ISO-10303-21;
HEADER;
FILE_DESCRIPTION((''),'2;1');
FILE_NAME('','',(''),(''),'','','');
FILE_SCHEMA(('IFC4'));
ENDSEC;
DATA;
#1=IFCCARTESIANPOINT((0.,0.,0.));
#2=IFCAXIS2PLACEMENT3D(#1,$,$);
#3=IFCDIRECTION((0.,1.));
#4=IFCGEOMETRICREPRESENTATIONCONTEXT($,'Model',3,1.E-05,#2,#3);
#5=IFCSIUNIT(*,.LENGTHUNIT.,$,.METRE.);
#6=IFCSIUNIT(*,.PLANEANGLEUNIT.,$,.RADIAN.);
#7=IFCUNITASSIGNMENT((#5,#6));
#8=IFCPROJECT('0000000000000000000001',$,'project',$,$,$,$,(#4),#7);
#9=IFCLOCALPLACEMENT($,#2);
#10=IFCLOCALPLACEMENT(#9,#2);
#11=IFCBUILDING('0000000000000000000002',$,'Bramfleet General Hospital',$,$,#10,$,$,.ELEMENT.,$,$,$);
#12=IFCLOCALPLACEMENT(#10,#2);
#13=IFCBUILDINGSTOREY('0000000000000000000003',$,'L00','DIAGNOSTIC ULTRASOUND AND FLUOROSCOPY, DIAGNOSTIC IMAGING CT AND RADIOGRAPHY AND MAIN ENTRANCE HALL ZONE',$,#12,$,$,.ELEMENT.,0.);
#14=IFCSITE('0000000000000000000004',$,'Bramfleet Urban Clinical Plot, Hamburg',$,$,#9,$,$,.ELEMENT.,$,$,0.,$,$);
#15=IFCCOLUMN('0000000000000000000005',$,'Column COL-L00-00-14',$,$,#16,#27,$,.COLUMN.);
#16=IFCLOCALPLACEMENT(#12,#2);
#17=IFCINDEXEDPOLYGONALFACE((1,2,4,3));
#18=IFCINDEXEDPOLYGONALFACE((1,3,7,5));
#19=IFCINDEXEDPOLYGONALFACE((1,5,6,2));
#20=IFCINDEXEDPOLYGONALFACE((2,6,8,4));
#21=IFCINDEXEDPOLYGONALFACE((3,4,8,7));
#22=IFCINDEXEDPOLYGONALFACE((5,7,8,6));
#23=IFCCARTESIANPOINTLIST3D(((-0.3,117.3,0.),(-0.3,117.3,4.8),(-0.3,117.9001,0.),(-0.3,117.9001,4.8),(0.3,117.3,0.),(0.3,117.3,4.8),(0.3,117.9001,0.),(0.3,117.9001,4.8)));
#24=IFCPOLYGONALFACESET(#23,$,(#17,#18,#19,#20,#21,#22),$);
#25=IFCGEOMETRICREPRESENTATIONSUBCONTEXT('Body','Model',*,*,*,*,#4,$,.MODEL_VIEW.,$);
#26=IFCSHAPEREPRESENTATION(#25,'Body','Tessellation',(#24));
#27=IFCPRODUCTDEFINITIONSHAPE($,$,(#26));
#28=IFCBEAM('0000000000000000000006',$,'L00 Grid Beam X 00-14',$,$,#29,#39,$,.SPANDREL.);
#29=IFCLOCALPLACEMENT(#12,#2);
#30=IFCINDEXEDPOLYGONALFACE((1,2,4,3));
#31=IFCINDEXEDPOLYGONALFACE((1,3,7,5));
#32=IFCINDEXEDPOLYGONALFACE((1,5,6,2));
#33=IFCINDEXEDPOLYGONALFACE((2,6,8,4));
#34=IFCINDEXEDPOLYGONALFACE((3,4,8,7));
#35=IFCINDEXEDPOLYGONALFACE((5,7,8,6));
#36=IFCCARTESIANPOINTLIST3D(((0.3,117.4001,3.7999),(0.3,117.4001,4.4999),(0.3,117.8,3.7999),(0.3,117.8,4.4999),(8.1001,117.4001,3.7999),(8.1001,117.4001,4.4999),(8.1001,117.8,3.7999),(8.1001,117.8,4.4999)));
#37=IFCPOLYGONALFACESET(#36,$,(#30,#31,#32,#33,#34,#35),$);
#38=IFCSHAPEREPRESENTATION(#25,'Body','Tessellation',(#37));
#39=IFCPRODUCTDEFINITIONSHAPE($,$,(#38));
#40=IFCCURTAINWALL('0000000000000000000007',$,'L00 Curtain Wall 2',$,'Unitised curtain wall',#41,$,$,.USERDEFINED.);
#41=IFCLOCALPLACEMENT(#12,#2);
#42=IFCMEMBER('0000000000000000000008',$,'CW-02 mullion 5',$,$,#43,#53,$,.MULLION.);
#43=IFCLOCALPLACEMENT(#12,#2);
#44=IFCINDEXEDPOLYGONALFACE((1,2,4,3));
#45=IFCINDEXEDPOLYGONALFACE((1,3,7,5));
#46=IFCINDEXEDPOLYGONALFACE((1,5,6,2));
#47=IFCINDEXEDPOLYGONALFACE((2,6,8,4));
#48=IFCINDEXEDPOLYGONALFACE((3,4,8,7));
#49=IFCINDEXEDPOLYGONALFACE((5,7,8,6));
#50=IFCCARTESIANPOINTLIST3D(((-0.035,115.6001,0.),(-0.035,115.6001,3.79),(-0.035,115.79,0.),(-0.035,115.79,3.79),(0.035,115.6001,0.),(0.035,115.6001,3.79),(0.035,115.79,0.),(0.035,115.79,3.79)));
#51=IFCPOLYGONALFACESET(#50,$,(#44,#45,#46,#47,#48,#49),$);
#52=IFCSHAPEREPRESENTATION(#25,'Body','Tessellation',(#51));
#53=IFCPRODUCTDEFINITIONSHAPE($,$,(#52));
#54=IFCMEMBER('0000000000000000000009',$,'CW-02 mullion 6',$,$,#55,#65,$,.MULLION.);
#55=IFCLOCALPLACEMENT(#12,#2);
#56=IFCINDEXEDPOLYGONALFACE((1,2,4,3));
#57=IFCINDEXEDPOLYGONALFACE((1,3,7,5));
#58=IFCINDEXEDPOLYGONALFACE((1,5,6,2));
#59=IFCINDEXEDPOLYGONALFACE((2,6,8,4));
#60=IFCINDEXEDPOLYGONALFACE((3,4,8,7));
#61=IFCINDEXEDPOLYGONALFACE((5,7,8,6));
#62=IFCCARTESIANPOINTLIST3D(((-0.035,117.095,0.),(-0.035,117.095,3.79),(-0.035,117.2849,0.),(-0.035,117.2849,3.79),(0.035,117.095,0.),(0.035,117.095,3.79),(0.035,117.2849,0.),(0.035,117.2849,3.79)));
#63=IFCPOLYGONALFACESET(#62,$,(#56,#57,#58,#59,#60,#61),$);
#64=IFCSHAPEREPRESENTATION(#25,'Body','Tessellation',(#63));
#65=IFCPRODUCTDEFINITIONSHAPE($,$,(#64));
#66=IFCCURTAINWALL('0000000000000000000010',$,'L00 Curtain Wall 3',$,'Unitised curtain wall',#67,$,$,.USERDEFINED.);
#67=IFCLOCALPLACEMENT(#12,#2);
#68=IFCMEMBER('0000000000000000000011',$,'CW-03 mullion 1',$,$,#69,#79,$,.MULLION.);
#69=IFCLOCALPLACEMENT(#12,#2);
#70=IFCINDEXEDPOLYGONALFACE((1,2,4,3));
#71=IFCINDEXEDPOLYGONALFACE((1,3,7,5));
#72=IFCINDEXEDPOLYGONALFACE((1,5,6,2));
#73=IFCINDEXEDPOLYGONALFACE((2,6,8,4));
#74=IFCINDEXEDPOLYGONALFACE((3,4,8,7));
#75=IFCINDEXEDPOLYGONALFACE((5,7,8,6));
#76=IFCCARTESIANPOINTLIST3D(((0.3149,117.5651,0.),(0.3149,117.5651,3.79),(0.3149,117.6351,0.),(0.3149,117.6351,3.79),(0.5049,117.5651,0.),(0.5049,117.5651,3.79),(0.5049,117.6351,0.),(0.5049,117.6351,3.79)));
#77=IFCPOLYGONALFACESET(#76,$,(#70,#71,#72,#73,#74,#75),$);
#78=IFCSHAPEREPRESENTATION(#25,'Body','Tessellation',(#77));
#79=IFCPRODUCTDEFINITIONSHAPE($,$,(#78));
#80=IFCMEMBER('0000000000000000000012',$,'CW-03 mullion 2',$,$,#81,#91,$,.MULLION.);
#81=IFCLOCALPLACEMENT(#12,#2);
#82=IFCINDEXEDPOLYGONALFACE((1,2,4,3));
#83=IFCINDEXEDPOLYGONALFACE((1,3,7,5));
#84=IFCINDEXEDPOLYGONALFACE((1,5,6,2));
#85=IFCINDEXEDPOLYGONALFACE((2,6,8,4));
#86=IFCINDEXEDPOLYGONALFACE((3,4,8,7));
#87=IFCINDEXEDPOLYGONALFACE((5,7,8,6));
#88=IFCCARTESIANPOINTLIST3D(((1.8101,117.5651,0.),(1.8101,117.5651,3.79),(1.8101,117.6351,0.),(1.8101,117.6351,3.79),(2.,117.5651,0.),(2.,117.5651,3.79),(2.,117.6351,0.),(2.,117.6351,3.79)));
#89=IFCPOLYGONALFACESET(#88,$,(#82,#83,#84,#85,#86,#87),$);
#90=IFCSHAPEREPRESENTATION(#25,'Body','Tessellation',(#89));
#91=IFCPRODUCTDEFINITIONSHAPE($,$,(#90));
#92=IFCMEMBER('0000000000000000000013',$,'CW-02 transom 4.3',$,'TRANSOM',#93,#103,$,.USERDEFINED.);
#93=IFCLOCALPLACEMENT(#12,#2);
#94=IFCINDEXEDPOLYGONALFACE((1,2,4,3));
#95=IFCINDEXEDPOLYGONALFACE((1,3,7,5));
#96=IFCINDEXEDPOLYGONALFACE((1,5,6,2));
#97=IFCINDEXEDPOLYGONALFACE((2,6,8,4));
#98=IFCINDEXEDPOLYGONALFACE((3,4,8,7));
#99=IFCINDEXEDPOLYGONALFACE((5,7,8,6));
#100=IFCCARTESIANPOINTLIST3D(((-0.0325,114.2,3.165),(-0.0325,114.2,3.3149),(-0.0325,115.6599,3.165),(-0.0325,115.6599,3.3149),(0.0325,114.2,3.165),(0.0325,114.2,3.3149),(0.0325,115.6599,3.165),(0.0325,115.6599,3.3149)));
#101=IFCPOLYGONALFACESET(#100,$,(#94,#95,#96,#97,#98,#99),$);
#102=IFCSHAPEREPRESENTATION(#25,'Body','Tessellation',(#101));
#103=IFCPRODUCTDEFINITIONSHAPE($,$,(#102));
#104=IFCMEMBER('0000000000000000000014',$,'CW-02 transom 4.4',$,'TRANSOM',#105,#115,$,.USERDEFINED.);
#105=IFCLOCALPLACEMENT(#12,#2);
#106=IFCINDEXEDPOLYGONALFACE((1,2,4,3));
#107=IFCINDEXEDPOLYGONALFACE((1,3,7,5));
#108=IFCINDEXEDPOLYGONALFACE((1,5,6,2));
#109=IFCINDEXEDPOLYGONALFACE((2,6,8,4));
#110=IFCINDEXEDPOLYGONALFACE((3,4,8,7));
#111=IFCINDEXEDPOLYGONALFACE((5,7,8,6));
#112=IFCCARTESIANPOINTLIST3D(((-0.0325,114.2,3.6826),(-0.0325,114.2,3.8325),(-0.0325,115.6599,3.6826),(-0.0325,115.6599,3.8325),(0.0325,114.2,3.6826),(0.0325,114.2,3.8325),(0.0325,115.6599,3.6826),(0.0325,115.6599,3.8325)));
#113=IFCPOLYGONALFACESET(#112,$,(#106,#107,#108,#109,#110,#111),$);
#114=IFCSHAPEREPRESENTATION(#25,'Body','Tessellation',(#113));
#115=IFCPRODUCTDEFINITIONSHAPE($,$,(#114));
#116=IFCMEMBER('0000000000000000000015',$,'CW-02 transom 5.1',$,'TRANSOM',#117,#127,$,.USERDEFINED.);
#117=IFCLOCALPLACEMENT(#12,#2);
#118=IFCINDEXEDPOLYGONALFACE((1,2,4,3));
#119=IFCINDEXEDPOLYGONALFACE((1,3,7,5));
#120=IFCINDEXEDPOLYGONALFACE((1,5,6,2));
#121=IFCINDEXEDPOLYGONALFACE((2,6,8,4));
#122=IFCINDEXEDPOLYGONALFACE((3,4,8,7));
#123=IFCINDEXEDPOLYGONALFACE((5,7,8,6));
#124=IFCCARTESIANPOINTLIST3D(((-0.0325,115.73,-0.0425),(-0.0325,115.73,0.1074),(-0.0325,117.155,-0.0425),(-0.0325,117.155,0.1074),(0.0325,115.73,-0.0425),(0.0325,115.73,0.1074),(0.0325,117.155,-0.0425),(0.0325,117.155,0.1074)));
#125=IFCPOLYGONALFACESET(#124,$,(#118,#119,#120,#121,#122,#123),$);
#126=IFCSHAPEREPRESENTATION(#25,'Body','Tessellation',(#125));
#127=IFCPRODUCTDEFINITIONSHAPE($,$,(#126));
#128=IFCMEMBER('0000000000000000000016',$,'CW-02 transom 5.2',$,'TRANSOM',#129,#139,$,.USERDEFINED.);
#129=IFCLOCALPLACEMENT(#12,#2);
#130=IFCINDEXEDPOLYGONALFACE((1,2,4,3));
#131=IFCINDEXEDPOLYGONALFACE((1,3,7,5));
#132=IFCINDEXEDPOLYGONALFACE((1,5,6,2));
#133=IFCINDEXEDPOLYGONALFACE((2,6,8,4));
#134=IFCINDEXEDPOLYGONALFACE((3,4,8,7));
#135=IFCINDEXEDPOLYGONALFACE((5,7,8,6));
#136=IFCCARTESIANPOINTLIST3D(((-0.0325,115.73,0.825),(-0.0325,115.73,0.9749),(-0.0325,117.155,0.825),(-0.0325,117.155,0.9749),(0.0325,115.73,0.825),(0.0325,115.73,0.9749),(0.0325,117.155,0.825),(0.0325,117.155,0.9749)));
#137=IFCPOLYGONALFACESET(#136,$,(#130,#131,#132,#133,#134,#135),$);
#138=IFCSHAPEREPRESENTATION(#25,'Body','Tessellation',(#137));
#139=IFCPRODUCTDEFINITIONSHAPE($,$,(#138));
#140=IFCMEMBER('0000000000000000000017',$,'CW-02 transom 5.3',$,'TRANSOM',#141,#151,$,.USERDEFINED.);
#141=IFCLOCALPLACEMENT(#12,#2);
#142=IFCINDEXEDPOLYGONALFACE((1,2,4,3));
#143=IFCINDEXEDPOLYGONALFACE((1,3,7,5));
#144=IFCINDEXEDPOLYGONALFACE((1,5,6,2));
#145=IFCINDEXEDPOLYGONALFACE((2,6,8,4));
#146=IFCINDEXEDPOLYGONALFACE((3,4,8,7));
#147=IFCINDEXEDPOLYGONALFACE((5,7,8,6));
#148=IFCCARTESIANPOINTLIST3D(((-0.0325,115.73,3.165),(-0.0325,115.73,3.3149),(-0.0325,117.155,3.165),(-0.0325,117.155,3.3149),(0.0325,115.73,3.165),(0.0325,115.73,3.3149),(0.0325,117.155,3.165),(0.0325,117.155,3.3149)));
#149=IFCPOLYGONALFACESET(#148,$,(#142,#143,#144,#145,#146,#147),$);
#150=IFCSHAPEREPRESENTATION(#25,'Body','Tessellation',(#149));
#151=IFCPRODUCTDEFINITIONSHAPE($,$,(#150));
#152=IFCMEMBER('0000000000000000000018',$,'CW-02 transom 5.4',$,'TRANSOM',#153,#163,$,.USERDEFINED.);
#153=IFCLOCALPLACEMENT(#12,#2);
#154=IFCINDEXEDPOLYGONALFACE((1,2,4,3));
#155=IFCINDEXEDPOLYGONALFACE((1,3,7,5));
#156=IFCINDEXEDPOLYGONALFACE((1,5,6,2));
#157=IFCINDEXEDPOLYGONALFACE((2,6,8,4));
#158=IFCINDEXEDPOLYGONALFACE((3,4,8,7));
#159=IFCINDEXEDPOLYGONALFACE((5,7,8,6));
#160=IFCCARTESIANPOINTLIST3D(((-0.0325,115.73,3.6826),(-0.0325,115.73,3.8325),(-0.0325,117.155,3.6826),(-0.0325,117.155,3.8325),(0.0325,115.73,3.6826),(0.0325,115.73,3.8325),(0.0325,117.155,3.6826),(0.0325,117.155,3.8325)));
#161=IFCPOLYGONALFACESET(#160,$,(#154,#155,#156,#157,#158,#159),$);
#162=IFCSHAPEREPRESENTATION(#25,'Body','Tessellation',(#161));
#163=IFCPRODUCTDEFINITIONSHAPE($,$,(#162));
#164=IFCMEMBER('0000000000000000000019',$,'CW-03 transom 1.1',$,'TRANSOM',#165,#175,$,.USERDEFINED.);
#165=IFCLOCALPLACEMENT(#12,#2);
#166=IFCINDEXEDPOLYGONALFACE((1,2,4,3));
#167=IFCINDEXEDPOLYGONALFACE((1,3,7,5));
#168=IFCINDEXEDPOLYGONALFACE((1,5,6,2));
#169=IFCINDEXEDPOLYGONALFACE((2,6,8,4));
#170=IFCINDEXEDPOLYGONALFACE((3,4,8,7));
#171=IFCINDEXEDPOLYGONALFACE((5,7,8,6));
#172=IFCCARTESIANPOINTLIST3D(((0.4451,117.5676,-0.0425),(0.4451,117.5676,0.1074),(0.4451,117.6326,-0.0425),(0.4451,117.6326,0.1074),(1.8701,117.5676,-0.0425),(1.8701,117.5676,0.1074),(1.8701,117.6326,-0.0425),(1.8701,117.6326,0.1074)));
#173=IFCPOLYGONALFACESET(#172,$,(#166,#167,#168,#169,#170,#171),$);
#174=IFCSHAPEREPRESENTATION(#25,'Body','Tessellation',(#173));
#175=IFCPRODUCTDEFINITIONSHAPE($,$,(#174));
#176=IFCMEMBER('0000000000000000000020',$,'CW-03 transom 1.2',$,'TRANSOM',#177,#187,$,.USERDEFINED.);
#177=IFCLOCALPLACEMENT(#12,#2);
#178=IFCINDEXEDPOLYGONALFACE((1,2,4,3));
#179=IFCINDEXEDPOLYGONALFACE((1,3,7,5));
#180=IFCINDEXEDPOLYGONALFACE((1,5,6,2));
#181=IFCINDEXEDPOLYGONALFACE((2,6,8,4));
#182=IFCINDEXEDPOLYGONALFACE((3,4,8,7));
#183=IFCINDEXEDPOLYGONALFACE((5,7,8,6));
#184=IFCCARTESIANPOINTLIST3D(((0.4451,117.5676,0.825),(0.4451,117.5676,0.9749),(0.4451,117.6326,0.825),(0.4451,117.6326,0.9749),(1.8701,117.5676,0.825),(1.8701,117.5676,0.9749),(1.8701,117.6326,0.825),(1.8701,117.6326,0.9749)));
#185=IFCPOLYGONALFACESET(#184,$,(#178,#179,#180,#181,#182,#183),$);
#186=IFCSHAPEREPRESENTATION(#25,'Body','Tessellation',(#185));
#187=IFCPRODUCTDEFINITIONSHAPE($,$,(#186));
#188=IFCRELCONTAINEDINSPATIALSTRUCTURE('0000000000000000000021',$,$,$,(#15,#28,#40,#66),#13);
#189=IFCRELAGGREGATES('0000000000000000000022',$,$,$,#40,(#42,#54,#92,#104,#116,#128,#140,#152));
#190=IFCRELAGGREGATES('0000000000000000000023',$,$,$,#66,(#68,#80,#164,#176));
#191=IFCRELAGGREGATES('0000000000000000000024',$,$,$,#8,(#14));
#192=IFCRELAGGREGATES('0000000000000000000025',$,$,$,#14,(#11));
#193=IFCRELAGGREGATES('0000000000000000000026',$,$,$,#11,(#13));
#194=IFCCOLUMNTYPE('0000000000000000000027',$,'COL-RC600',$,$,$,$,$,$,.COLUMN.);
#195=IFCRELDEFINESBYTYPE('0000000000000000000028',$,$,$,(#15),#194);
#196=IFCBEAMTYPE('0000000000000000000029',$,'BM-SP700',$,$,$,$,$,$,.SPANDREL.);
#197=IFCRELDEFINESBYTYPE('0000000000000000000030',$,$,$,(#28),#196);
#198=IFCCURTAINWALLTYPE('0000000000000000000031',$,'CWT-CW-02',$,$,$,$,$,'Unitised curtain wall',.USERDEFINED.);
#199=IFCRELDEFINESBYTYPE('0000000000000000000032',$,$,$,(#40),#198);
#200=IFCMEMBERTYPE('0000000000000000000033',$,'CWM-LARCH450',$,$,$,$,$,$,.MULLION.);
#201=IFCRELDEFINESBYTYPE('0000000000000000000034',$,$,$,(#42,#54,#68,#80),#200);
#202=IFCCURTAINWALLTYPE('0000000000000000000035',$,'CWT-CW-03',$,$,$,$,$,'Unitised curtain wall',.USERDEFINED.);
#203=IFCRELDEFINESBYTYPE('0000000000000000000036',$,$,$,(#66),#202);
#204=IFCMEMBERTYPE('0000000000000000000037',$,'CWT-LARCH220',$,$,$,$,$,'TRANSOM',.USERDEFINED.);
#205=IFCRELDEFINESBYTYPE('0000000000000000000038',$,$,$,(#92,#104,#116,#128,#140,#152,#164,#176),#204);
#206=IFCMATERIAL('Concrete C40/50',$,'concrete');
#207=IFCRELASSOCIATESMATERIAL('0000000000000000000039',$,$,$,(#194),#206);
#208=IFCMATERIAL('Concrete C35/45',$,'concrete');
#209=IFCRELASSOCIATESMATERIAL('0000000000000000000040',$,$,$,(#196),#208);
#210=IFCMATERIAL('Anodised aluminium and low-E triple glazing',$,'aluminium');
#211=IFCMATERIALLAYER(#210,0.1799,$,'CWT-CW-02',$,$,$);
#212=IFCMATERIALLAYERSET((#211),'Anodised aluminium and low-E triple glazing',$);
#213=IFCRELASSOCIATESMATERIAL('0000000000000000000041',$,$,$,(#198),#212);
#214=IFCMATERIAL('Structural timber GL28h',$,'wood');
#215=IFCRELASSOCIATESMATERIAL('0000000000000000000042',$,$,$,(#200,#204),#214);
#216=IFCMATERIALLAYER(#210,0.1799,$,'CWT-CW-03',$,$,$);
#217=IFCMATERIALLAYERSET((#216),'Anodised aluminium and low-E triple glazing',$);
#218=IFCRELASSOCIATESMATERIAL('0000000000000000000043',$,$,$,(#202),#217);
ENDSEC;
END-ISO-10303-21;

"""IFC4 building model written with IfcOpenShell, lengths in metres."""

from ifc_helpers import new_model, si_unit, direction, frame, origin, origin_2d, place, context, subcontext, project, spatial, rectangle, extrude, material, layer, layer_set, material_profile, profile_set, type_object, element, aggregate, save


model = new_model("IFC4")

# Units and contexts
model_context = context("Model", 3, precision=1e-05, world=origin(), true_north=direction((0.0, 1.0)))
body_context = subcontext(model_context, "Body", "Model", "MODEL_VIEW")
ifc_project = project(units=[si_unit("LENGTHUNIT", "METRE"), si_unit("PLANEANGLEUNIT", "RADIAN")], contexts=[model_context])

# Site, building, storey
site_placement = place(None, origin())
site = spatial("IfcSite", under=ifc_project, at=site_placement, Name="Bramfleet Urban Clinical Plot, Hamburg", CompositionType="ELEMENT", RefElevation=0.0)
building_placement = place(site_placement, origin())
building = spatial("IfcBuilding", under=site, at=building_placement, Name="Bramfleet General Hospital", CompositionType="ELEMENT")
storey_placement = place(building_placement, origin())
storey = spatial("IfcBuildingStorey", under=building, at=storey_placement, Name="L00", Description="DIAGNOSTIC ULTRASOUND AND FLUOROSCOPY, DIAGNOSTIC IMAGING CT AND RADIOGRAPHY AND MAIN ENTRANCE HALL ZONE", CompositionType="ELEMENT", Elevation=0.0)

# Column
ifc_material_1 = material(Name="Concrete C40/50", Category="concrete")
ifc_material_profile_1 = material_profile(ifc_material_1, rectangle(XDim=0.6001, YDim=0.6001, at=origin_2d()), Name="RC COL 600x600")
ifc_profile_set_1 = profile_set([ifc_material_profile_1], Name="Concrete C40/50")
column_type = type_object("IfcColumnType", Name="COL-RC600", PredefinedType="COLUMN", material=ifc_profile_set_1)
column_placement = place(storey_placement, frame((0.0, 117.6001, 0.0), z_axis=(0.0, 0.0, 1.0), x_axis=(1.0, 0.0, 0.0)))
element("IfcColumn", 1, at=column_placement, inside=storey, type_object=column_type, Name="Column COL-L00-00-14", PredefinedType="COLUMN", context=body_context, shape_type="SweptSolid", body=[
    extrude(rectangle(XDim=0.6001, YDim=0.6001, at=origin_2d()), origin(), (0.0, 0.0, 1.0), 4.8),
])

# Beam
ifc_material_2 = material(Name="Concrete C35/45", Category="concrete")
ifc_material_profile_2 = material_profile(ifc_material_2, rectangle(XDim=0.3999, YDim=0.7, at=origin_2d()), Name="RC SP 700x400")
ifc_profile_set_2 = profile_set([ifc_material_profile_2], Name="Concrete C35/45")
beam_type = type_object("IfcBeamType", Name="BM-SP700", PredefinedType="SPANDREL", material=ifc_profile_set_2)
beam_placement = place(storey_placement, frame((0.3, 117.6001, 4.1499), z_axis=(1.0, 0.0, 0.0), x_axis=(0.0, 1.0, 0.0)))
element("IfcBeam", 2, at=beam_placement, inside=storey, type_object=beam_type, Name="L00 Grid Beam X 00-14", PredefinedType="SPANDREL", context=body_context, shape_type="SweptSolid", body=[
    extrude(rectangle(XDim=0.3999, YDim=0.7, at=origin_2d()), origin(), (0.0, 0.0, 1.0), 7.8),
])

# Curtain walls, members
ifc_material_3 = material(Name="Anodised aluminium and low-E triple glazing", Category="aluminium")
ifc_layer_1 = layer(ifc_material_3, 0.1799, Name="CWT-CW-02")
ifc_layer_set_1 = layer_set([ifc_layer_1], Name="Anodised aluminium and low-E triple glazing")
curtain_wall_type_1 = type_object("IfcCurtainWallType", Name="CWT-CW-02", ElementType="Unitised curtain wall", PredefinedType="USERDEFINED", material=ifc_layer_set_1)
curtain_wall_1_placement = place(storey_placement, origin())
curtain_wall_1 = element("IfcCurtainWall", 3, at=curtain_wall_1_placement, inside=storey, type_object=curtain_wall_type_1, Name="L00 Curtain Wall 2", ObjectType="Unitised curtain wall", PredefinedType="USERDEFINED")
ifc_material_4 = material(Name="Structural timber GL28h", Category="wood")
ifc_material_profile_3 = material_profile(ifc_material_4, rectangle(XDim=0.0701, YDim=0.1899, at=origin_2d()), Name="LARCH 190x70")
ifc_profile_set_3 = profile_set([ifc_material_profile_3], Name="Structural timber GL28h")
member_type_1 = type_object("IfcMemberType", Name="CWM-LARCH450", PredefinedType="MULLION", material=ifc_profile_set_3)
member_1_placement = place(storey_placement, frame((0.0, 115.6951, 0.0), z_axis=(0.0, 0.0, 1.0), x_axis=(-1.0, 0.0, 0.0)))
member_1 = element("IfcMember", 4, at=member_1_placement, type_object=member_type_1, Name="CW-02 mullion 5", PredefinedType="MULLION", context=body_context, shape_type="SweptSolid", body=[
    extrude(rectangle(XDim=0.0701, YDim=0.1899, at=origin_2d()), origin(), (0.0, 0.0, 1.0), 3.79),
])
member_2_placement = place(storey_placement, frame((0.0, 117.1899, 0.0), z_axis=(0.0, 0.0, 1.0), x_axis=(-1.0, 0.0, 0.0)))
member_2 = element("IfcMember", 5, at=member_2_placement, type_object=member_type_1, Name="CW-02 mullion 6", PredefinedType="MULLION", context=body_context, shape_type="SweptSolid", body=[
    extrude(rectangle(XDim=0.0701, YDim=0.1899, at=origin_2d()), origin(), (0.0, 0.0, 1.0), 3.79),
])
ifc_layer_2 = layer(ifc_material_3, 0.1799, Name="CWT-CW-03")
ifc_layer_set_2 = layer_set([ifc_layer_2], Name="Anodised aluminium and low-E triple glazing")
curtain_wall_type_2 = type_object("IfcCurtainWallType", Name="CWT-CW-03", ElementType="Unitised curtain wall", PredefinedType="USERDEFINED", material=ifc_layer_set_2)
curtain_wall_2_placement = place(storey_placement, origin())
curtain_wall_2 = element("IfcCurtainWall", 6, at=curtain_wall_2_placement, inside=storey, type_object=curtain_wall_type_2, Name="L00 Curtain Wall 3", ObjectType="Unitised curtain wall", PredefinedType="USERDEFINED")
member_3_placement = place(storey_placement, frame((0.4099, 117.6001, 0.0), z_axis=(0.0, 0.0, 1.0), x_axis=(0.0, 1.0, 0.0)))
member_3 = element("IfcMember", 7, at=member_3_placement, type_object=member_type_1, Name="CW-03 mullion 1", PredefinedType="MULLION", context=body_context, shape_type="SweptSolid", body=[
    extrude(rectangle(XDim=0.0701, YDim=0.1899, at=origin_2d()), origin(), (0.0, 0.0, 1.0), 3.79),
])
member_4_placement = place(storey_placement, frame((1.905, 117.6001, 0.0), z_axis=(0.0, 0.0, 1.0), x_axis=(0.0, 1.0, 0.0)))
member_4 = element("IfcMember", 8, at=member_4_placement, type_object=member_type_1, Name="CW-03 mullion 2", PredefinedType="MULLION", context=body_context, shape_type="SweptSolid", body=[
    extrude(rectangle(XDim=0.0701, YDim=0.1899, at=origin_2d()), origin(), (0.0, 0.0, 1.0), 3.79),
])

# Members
ifc_material_profile_4 = material_profile(ifc_material_4, rectangle(XDim=0.0649, YDim=0.1499, at=origin_2d()), Name="LARCH 150x65")
ifc_profile_set_4 = profile_set([ifc_material_profile_4], Name="Structural timber GL28h")
member_type_2 = type_object("IfcMemberType", Name="CWT-LARCH220", ElementType="TRANSOM", PredefinedType="USERDEFINED", material=ifc_profile_set_4)
member_5_placement = place(storey_placement, frame((0.0, 114.2, 3.24), z_axis=(0.0, 1.0, 0.0), x_axis=(-1.0, 0.0, 0.0)))
member_5 = element("IfcMember", 9, at=member_5_placement, type_object=member_type_2, Name="CW-02 transom 4.3", ObjectType="TRANSOM", PredefinedType="USERDEFINED", context=body_context, shape_type="SweptSolid", body=[
    extrude(rectangle(XDim=0.0649, YDim=0.1499, at=origin_2d()), origin(), (0.0, 0.0, 1.0), 1.46),
])
member_6_placement = place(storey_placement, frame((0.0, 114.2, 3.7576), z_axis=(0.0, 1.0, 0.0), x_axis=(-1.0, 0.0, 0.0)))
member_6 = element("IfcMember", 10, at=member_6_placement, type_object=member_type_2, Name="CW-02 transom 4.4", ObjectType="TRANSOM", PredefinedType="USERDEFINED", context=body_context, shape_type="SweptSolid", body=[
    extrude(rectangle(XDim=0.0649, YDim=0.1499, at=origin_2d()), origin(), (0.0, 0.0, 1.0), 1.46),
])
member_7_placement = place(storey_placement, frame((0.0, 115.73, 0.0325), z_axis=(0.0, 1.0, 0.0), x_axis=(-1.0, 0.0, 0.0)))
member_7 = element("IfcMember", 11, at=member_7_placement, type_object=member_type_2, Name="CW-02 transom 5.1", ObjectType="TRANSOM", PredefinedType="USERDEFINED", context=body_context, shape_type="SweptSolid", body=[
    extrude(rectangle(XDim=0.0649, YDim=0.1499, at=origin_2d()), origin(), (0.0, 0.0, 1.0), 1.425),
])
member_8_placement = place(storey_placement, frame((0.0, 115.73, 0.8999), z_axis=(0.0, 1.0, 0.0), x_axis=(-1.0, 0.0, 0.0)))
member_8 = element("IfcMember", 12, at=member_8_placement, type_object=member_type_2, Name="CW-02 transom 5.2", ObjectType="TRANSOM", PredefinedType="USERDEFINED", context=body_context, shape_type="SweptSolid", body=[
    extrude(rectangle(XDim=0.0649, YDim=0.1499, at=origin_2d()), origin(), (0.0, 0.0, 1.0), 1.425),
])
member_9_placement = place(storey_placement, frame((0.0, 115.73, 3.24), z_axis=(0.0, 1.0, 0.0), x_axis=(-1.0, 0.0, 0.0)))
member_9 = element("IfcMember", 13, at=member_9_placement, type_object=member_type_2, Name="CW-02 transom 5.3", ObjectType="TRANSOM", PredefinedType="USERDEFINED", context=body_context, shape_type="SweptSolid", body=[
    extrude(rectangle(XDim=0.0649, YDim=0.1499, at=origin_2d()), origin(), (0.0, 0.0, 1.0), 1.425),
])
member_10_placement = place(storey_placement, frame((0.0, 115.73, 3.7576), z_axis=(0.0, 1.0, 0.0), x_axis=(-1.0, 0.0, 0.0)))
member_10 = element("IfcMember", 14, at=member_10_placement, type_object=member_type_2, Name="CW-02 transom 5.4", ObjectType="TRANSOM", PredefinedType="USERDEFINED", context=body_context, shape_type="SweptSolid", body=[
    extrude(rectangle(XDim=0.0649, YDim=0.1499, at=origin_2d()), origin(), (0.0, 0.0, 1.0), 1.425),
])
member_11_placement = place(storey_placement, frame((0.4451, 117.6001, 0.0325), z_axis=(1.0, 0.0, 0.0), x_axis=(0.0, 1.0, 0.0)))
member_11 = element("IfcMember", 15, at=member_11_placement, type_object=member_type_2, Name="CW-03 transom 1.1", ObjectType="TRANSOM", PredefinedType="USERDEFINED", context=body_context, shape_type="SweptSolid", body=[
    extrude(rectangle(XDim=0.0649, YDim=0.1499, at=origin_2d()), origin(), (0.0, 0.0, 1.0), 1.425),
])
member_12_placement = place(storey_placement, frame((0.4451, 117.6001, 0.8999), z_axis=(1.0, 0.0, 0.0), x_axis=(0.0, 1.0, 0.0)))
member_12 = element("IfcMember", 16, at=member_12_placement, type_object=member_type_2, Name="CW-03 transom 1.2", ObjectType="TRANSOM", PredefinedType="USERDEFINED", context=body_context, shape_type="SweptSolid", body=[
    extrude(rectangle(XDim=0.0649, YDim=0.1499, at=origin_2d()), origin(), (0.0, 0.0, 1.0), 1.425),
])

aggregate(curtain_wall_1, [member_1, member_2, member_5, member_6, member_7, member_8, member_9, member_10])
aggregate(curtain_wall_2, [member_3, member_4, member_11, member_12])

save(model, "model.ifc")
